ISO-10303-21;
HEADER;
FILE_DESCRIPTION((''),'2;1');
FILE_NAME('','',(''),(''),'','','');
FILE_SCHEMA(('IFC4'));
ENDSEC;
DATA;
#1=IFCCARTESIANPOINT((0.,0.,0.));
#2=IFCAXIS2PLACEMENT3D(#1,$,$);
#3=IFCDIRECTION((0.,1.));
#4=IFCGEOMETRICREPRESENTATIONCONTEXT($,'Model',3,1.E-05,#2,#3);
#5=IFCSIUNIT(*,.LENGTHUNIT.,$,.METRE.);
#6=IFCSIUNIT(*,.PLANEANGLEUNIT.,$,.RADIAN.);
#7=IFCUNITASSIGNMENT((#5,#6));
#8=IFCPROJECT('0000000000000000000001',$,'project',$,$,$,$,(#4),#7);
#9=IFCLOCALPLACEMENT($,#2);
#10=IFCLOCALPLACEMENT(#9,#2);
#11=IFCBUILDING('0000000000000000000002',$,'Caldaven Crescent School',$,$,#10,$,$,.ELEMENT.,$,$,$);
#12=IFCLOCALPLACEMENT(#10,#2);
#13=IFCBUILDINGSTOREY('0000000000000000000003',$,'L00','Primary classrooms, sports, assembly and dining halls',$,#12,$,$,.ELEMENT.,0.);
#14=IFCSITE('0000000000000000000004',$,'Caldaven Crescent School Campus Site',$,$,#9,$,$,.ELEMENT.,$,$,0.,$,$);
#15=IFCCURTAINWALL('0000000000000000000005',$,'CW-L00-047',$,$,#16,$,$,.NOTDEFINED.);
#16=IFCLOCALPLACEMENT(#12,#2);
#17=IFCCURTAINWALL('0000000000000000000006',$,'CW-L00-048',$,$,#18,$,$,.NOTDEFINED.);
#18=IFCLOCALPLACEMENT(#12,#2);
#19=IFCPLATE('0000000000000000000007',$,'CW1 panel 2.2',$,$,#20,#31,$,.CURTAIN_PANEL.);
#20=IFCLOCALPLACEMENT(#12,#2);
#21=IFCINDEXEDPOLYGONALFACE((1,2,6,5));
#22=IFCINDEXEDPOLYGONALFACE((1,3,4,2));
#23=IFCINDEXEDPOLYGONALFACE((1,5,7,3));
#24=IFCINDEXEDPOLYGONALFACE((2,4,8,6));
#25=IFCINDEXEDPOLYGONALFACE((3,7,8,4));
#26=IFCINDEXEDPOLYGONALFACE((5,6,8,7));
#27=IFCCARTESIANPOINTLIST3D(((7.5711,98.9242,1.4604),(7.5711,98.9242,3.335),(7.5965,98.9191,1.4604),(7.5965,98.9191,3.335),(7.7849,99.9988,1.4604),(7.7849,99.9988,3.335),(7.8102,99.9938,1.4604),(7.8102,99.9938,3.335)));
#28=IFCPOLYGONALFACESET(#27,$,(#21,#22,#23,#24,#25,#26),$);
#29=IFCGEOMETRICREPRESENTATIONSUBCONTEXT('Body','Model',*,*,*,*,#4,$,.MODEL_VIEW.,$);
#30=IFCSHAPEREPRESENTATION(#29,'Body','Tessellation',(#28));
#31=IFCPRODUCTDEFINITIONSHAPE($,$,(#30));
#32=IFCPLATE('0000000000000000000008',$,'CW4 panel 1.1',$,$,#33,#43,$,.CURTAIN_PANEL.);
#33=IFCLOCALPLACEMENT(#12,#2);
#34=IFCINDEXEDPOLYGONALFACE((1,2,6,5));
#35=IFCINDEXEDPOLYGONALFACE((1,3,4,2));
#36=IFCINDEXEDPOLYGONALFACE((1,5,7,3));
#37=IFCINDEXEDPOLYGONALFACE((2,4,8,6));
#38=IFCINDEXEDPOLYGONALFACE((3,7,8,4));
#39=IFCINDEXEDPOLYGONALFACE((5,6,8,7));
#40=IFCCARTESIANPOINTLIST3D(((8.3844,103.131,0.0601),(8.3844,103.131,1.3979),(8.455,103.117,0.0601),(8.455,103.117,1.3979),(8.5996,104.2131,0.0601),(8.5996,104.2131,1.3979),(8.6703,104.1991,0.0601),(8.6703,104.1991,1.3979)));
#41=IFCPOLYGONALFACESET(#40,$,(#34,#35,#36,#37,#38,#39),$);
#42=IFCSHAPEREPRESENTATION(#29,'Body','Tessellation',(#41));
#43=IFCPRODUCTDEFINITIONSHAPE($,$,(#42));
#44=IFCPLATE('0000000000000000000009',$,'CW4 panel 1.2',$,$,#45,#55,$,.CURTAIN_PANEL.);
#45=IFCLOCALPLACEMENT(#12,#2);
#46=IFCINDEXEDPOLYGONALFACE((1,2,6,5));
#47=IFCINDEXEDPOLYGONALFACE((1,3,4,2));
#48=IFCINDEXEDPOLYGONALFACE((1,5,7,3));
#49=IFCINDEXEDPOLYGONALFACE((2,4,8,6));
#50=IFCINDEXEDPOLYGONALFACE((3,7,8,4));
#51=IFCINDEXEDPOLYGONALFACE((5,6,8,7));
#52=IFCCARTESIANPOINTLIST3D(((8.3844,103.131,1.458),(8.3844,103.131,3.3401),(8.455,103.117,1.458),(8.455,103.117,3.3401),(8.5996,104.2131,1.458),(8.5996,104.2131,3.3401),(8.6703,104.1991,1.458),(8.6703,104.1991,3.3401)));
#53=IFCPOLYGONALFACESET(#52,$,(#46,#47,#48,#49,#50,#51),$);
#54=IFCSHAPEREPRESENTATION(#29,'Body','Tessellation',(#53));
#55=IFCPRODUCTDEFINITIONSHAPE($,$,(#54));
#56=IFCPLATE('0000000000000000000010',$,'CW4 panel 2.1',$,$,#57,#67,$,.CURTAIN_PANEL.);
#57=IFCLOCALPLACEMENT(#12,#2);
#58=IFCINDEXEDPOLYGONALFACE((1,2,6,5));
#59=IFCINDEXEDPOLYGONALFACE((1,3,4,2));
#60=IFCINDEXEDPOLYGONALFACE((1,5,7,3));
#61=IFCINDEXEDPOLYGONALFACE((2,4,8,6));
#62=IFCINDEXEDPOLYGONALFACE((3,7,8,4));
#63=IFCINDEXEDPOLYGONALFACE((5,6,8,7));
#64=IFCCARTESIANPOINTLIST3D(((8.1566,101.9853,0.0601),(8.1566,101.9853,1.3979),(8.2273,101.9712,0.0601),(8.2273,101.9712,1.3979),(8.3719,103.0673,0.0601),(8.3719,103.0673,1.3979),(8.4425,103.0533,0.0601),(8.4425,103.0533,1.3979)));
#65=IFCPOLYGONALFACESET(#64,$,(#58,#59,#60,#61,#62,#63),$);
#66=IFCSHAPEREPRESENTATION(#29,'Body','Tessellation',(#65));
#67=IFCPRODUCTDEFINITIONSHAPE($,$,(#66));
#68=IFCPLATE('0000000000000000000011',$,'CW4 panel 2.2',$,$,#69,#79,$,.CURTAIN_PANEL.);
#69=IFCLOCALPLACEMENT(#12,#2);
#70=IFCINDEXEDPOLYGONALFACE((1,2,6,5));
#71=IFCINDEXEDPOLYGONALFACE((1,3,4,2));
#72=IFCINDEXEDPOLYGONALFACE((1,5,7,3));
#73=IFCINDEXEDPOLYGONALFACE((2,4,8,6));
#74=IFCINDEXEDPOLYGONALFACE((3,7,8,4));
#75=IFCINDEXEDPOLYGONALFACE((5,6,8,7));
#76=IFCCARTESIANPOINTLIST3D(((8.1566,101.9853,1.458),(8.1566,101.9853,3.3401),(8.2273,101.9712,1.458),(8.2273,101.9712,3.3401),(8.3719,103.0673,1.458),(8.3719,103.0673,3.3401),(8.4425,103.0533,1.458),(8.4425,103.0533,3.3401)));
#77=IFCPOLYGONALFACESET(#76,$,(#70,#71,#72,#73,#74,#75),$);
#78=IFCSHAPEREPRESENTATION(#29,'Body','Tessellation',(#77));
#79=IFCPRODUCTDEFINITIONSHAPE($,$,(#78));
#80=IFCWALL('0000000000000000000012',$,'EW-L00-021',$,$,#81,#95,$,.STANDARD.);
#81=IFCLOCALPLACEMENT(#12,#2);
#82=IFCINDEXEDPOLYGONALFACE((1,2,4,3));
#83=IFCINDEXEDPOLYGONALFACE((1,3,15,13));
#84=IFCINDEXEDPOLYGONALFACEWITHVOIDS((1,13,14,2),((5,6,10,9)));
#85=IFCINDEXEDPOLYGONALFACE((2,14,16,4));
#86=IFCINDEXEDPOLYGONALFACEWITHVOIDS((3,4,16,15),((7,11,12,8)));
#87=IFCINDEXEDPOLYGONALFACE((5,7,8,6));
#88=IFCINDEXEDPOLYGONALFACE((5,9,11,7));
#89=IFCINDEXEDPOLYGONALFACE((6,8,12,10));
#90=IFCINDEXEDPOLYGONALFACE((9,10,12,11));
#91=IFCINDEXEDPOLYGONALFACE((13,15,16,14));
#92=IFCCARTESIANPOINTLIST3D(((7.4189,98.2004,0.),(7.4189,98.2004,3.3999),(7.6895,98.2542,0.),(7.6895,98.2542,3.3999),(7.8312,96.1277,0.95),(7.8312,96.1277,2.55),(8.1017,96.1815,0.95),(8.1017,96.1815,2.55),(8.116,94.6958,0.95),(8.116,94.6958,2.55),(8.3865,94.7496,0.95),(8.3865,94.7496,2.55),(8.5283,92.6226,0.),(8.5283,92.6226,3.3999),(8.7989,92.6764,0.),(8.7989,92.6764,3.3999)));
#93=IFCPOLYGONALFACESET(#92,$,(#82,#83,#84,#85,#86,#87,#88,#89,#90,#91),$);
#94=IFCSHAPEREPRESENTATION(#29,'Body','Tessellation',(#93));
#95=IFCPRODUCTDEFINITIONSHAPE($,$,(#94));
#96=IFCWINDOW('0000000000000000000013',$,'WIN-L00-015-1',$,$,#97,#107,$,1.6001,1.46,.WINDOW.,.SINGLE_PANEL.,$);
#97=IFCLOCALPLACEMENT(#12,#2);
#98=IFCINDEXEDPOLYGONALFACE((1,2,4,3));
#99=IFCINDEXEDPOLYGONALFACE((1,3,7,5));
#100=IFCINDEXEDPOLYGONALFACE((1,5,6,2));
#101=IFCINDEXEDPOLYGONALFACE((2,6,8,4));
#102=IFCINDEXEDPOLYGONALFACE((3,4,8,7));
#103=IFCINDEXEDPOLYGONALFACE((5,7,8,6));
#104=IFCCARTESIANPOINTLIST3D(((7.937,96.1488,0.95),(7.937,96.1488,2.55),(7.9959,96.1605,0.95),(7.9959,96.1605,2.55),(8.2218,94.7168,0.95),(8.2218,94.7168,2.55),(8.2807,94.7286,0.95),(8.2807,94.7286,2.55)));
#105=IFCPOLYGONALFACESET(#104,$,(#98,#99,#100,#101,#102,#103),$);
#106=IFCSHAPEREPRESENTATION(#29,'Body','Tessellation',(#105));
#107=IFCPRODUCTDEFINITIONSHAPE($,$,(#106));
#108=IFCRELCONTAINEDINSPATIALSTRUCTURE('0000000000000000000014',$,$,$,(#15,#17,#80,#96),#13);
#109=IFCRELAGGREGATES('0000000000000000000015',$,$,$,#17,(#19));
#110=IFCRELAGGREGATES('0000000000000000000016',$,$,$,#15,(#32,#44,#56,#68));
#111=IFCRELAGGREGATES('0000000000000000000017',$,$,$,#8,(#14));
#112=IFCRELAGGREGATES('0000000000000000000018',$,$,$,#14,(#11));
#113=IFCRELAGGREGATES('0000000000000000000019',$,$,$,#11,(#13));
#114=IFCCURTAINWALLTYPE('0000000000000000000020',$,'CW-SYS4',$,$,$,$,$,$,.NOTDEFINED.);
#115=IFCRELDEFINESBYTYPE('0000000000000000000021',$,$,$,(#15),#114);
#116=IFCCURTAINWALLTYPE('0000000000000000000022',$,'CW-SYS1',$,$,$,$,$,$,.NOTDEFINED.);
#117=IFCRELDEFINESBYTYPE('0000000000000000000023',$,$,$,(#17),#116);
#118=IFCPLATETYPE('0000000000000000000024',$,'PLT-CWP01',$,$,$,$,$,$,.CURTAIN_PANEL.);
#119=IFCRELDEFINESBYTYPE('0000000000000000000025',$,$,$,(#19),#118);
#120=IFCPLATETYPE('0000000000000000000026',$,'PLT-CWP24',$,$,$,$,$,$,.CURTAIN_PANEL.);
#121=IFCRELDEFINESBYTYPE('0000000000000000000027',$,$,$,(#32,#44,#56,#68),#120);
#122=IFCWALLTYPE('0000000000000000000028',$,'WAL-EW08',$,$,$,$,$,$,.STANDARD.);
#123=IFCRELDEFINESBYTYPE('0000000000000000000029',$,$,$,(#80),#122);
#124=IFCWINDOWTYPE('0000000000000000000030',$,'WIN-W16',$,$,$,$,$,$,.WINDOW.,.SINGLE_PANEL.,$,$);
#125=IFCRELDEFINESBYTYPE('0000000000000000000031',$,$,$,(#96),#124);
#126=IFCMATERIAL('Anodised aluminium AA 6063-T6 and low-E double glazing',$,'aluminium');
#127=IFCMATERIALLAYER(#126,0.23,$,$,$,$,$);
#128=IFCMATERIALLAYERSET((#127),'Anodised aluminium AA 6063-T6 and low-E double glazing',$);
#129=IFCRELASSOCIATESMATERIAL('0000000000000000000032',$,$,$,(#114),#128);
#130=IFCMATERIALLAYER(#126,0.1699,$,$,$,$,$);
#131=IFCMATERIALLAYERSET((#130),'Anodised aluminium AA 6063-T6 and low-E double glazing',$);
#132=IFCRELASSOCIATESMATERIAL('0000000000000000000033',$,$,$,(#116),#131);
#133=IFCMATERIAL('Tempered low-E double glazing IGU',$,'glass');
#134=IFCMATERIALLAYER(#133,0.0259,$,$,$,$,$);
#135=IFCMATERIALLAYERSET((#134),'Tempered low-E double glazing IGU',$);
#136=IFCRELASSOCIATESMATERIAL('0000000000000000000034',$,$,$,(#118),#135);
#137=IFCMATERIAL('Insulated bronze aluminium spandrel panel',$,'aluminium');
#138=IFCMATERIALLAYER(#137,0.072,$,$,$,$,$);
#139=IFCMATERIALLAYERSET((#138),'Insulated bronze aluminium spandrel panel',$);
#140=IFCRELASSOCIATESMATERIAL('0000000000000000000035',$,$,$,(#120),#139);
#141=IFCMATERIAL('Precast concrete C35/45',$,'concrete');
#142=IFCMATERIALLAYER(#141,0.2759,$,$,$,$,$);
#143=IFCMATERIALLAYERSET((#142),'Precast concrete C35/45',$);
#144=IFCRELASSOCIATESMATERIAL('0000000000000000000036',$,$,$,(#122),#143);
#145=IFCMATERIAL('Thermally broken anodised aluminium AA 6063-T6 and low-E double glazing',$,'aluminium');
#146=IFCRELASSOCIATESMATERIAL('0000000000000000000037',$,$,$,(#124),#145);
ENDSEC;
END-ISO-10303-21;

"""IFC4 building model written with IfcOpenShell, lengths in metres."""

from ifc_helpers import new_model, si_unit, direction, frame, frame_2d, origin, origin_2d, place, context, subcontext, project, spatial, rectangle, extrude, material, layer, layer_set, type_object, element, fill, aggregate, save


model = new_model("IFC4")

# Units and contexts
model_context = context("Model", 3, precision=1e-05, world=origin(), true_north=direction((0.0, 1.0)))
body_context = subcontext(model_context, "Body", "Model", "MODEL_VIEW")
ifc_project = project(units=[si_unit("LENGTHUNIT", "METRE"), si_unit("PLANEANGLEUNIT", "RADIAN")], contexts=[model_context])

# Site, building, storey
site_placement = place(None, origin())
site = spatial("IfcSite", under=ifc_project, at=site_placement, Name="Caldaven Crescent School Campus Site", CompositionType="ELEMENT", RefElevation=0.0)
building_placement = place(site_placement, origin())
building = spatial("IfcBuilding", under=site, at=building_placement, Name="Caldaven Crescent School", CompositionType="ELEMENT")
storey_placement = place(building_placement, origin())
storey = spatial("IfcBuildingStorey", under=building, at=storey_placement, Name="L00", Description="Primary classrooms, sports, assembly and dining halls", CompositionType="ELEMENT", Elevation=0.0)

# Shared definitions
ifc_material_1 = material(Name="Anodised aluminium AA 6063-T6 and low-E double glazing", Category="aluminium")

# Curtain walls
ifc_layer_1 = layer(ifc_material_1, 0.23)
ifc_layer_set_1 = layer_set([ifc_layer_1], Name="Anodised aluminium AA 6063-T6 and low-E double glazing")
curtain_wall_type_1 = type_object("IfcCurtainWallType", Name="CW-SYS4", PredefinedType="NOTDEFINED", material=ifc_layer_set_1)
curtain_wall_1_placement = place(storey_placement, origin())
curtain_wall_1 = element("IfcCurtainWall", 1, at=curtain_wall_1_placement, inside=storey, type_object=curtain_wall_type_1, Name="CW-L00-047", PredefinedType="NOTDEFINED")
ifc_layer_2 = layer(ifc_material_1, 0.1699)
ifc_layer_set_2 = layer_set([ifc_layer_2], Name="Anodised aluminium AA 6063-T6 and low-E double glazing")
curtain_wall_type_2 = type_object("IfcCurtainWallType", Name="CW-SYS1", PredefinedType="NOTDEFINED", material=ifc_layer_set_2)
curtain_wall_2_placement = place(storey_placement, origin())
curtain_wall_2 = element("IfcCurtainWall", 2, at=curtain_wall_2_placement, inside=storey, type_object=curtain_wall_type_2, Name="CW-L00-048", PredefinedType="NOTDEFINED")

# Plates
ifc_material_2 = material(Name="Tempered low-E double glazing IGU", Category="glass")
ifc_layer_3 = layer(ifc_material_2, 0.0259)
ifc_layer_set_3 = layer_set([ifc_layer_3], Name="Tempered low-E double glazing IGU")
plate_type_1 = type_object("IfcPlateType", Name="PLT-CWP01", PredefinedType="CURTAIN_PANEL", material=ifc_layer_set_3)
plate_1_placement = place(storey_placement, frame((7.6907, 99.459, 1.4604), z_axis=(0.0, 0.0, 1.0), x_axis=(-0.195091, -0.980785, 0.0)))
plate_1 = element("IfcPlate", 3, at=plate_1_placement, type_object=plate_type_1, Name="CW1 panel 2.2", PredefinedType="CURTAIN_PANEL", context=body_context, shape_type="SweptSolid", body=[
    extrude(rectangle(XDim=1.0957, YDim=0.0259, at=origin_2d()), origin(), (0.0, 0.0, 1.0), 1.8745),
])
aggregate(curtain_wall_2, [plate_1])
ifc_material_3 = material(Name="Insulated bronze aluminium spandrel panel", Category="aluminium")
ifc_layer_4 = layer(ifc_material_3, 0.072)
ifc_layer_set_4 = layer_set([ifc_layer_4], Name="Insulated bronze aluminium spandrel panel")
plate_type_2 = type_object("IfcPlateType", Name="PLT-CWP24", PredefinedType="CURTAIN_PANEL", material=ifc_layer_set_4)
plate_2_placement = place(storey_placement, frame((8.5273, 103.665, 0.0601), z_axis=(0.0, 0.0, 1.0), x_axis=(-0.195087, -0.980786, 0.0)))
plate_2 = element("IfcPlate", 4, at=plate_2_placement, type_object=plate_type_2, Name="CW4 panel 1.1", PredefinedType="CURTAIN_PANEL", context=body_context, shape_type="SweptSolid", body=[
    extrude(rectangle(XDim=1.1033, YDim=0.072, at=origin_2d()), origin(), (0.0, 0.0, 1.0), 1.3379),
])
plate_3_placement = place(storey_placement, frame((8.5273, 103.665, 1.458), z_axis=(0.0, 0.0, 1.0), x_axis=(-0.195087, -0.980786, 0.0)))
plate_3 = element("IfcPlate", 5, at=plate_3_placement, type_object=plate_type_2, Name="CW4 panel 1.2", PredefinedType="CURTAIN_PANEL", context=body_context, shape_type="SweptSolid", body=[
    extrude(rectangle(XDim=1.1033, YDim=0.072, at=origin_2d()), origin(), (0.0, 0.0, 1.0), 1.8821),
])
plate_4_placement = place(storey_placement, frame((8.2996, 102.5193, 0.0601), z_axis=(0.0, 0.0, 1.0), x_axis=(-0.195087, -0.980786, 0.0)))
plate_4 = element("IfcPlate", 6, at=plate_4_placement, type_object=plate_type_2, Name="CW4 panel 2.1", PredefinedType="CURTAIN_PANEL", context=body_context, shape_type="SweptSolid", body=[
    extrude(rectangle(XDim=1.1033, YDim=0.072, at=origin_2d()), origin(), (0.0, 0.0, 1.0), 1.3379),
])
plate_5_placement = place(storey_placement, frame((8.2996, 102.5193, 1.458), z_axis=(0.0, 0.0, 1.0), x_axis=(-0.195087, -0.980786, 0.0)))
plate_5 = element("IfcPlate", 7, at=plate_5_placement, type_object=plate_type_2, Name="CW4 panel 2.2", PredefinedType="CURTAIN_PANEL", context=body_context, shape_type="SweptSolid", body=[
    extrude(rectangle(XDim=1.1033, YDim=0.072, at=origin_2d()), origin(), (0.0, 0.0, 1.0), 1.8821),
])
aggregate(curtain_wall_1, [plate_2, plate_3, plate_4, plate_5])

# Wall, opening, window
ifc_material_4 = material(Name="Precast concrete C35/45", Category="concrete")
ifc_layer_5 = layer(ifc_material_4, 0.2759)
ifc_layer_set_5 = layer_set([ifc_layer_5], Name="Precast concrete C35/45")
wall_type = type_object("IfcWallType", Name="WAL-EW08", PredefinedType="STANDARD", material=ifc_layer_set_5)
wall_placement = place(storey_placement, frame((7.5542, 98.2273, 0.0), z_axis=(0.0, 0.0, 1.0), x_axis=(0.195076, -0.980788, 0.0)))
wall = element("IfcWall", 8, at=wall_placement, inside=storey, type_object=wall_type, Name="EW-L00-021", PredefinedType="STANDARD", context=body_context, shape_type="SweptSolid", body=[
    extrude(rectangle(XDim=5.687, YDim=0.2759, at=frame_2d((2.8435, 0.0))), origin(), (0.0, 0.0, 1.0), 3.3999),
])
opening_placement = place(wall_placement, frame((2.1133, 0.0, 0.95)))
opening = element("IfcOpeningElement", 9, at=opening_placement, cuts=wall, PredefinedType="OPENING", context=body_context, shape_type="SweptSolid", body=[
    extrude(rectangle(XDim=1.46, YDim=1.6001, at=frame_2d((0.73, 0.8))), frame((0.0, 0.1479, 0.0), z_axis=(0.0, -1.0, 0.0), x_axis=(1.0, 0.0, 0.0)), (0.0, 0.0, 1.0), 0.2959),
])
ifc_material_5 = material(Name="Thermally broken anodised aluminium AA 6063-T6 and low-E double glazing", Category="aluminium")
window_type = type_object("IfcWindowType", Name="WIN-W16", PartitioningType="SINGLE_PANEL", PredefinedType="WINDOW", material=ifc_material_5)
window_placement = place(opening_placement, origin())
window = element("IfcWindow", 10, at=window_placement, inside=storey, type_object=window_type, Name="WIN-L00-015-1", OverallHeight=1.6001, OverallWidth=1.46, PartitioningType="SINGLE_PANEL", PredefinedType="WINDOW", context=body_context, shape_type="SweptSolid", body=[
    extrude(rectangle(XDim=1.46, YDim=1.6001, at=frame_2d((0.73, 0.8))), frame((0.0, 0.03, 0.0), z_axis=(0.0, -1.0, 0.0), x_axis=(1.0, 0.0, 0.0)), (0.0, 0.0, 1.0), 0.0601),
])
fill(opening, window)

save(model, "model.ifc")
